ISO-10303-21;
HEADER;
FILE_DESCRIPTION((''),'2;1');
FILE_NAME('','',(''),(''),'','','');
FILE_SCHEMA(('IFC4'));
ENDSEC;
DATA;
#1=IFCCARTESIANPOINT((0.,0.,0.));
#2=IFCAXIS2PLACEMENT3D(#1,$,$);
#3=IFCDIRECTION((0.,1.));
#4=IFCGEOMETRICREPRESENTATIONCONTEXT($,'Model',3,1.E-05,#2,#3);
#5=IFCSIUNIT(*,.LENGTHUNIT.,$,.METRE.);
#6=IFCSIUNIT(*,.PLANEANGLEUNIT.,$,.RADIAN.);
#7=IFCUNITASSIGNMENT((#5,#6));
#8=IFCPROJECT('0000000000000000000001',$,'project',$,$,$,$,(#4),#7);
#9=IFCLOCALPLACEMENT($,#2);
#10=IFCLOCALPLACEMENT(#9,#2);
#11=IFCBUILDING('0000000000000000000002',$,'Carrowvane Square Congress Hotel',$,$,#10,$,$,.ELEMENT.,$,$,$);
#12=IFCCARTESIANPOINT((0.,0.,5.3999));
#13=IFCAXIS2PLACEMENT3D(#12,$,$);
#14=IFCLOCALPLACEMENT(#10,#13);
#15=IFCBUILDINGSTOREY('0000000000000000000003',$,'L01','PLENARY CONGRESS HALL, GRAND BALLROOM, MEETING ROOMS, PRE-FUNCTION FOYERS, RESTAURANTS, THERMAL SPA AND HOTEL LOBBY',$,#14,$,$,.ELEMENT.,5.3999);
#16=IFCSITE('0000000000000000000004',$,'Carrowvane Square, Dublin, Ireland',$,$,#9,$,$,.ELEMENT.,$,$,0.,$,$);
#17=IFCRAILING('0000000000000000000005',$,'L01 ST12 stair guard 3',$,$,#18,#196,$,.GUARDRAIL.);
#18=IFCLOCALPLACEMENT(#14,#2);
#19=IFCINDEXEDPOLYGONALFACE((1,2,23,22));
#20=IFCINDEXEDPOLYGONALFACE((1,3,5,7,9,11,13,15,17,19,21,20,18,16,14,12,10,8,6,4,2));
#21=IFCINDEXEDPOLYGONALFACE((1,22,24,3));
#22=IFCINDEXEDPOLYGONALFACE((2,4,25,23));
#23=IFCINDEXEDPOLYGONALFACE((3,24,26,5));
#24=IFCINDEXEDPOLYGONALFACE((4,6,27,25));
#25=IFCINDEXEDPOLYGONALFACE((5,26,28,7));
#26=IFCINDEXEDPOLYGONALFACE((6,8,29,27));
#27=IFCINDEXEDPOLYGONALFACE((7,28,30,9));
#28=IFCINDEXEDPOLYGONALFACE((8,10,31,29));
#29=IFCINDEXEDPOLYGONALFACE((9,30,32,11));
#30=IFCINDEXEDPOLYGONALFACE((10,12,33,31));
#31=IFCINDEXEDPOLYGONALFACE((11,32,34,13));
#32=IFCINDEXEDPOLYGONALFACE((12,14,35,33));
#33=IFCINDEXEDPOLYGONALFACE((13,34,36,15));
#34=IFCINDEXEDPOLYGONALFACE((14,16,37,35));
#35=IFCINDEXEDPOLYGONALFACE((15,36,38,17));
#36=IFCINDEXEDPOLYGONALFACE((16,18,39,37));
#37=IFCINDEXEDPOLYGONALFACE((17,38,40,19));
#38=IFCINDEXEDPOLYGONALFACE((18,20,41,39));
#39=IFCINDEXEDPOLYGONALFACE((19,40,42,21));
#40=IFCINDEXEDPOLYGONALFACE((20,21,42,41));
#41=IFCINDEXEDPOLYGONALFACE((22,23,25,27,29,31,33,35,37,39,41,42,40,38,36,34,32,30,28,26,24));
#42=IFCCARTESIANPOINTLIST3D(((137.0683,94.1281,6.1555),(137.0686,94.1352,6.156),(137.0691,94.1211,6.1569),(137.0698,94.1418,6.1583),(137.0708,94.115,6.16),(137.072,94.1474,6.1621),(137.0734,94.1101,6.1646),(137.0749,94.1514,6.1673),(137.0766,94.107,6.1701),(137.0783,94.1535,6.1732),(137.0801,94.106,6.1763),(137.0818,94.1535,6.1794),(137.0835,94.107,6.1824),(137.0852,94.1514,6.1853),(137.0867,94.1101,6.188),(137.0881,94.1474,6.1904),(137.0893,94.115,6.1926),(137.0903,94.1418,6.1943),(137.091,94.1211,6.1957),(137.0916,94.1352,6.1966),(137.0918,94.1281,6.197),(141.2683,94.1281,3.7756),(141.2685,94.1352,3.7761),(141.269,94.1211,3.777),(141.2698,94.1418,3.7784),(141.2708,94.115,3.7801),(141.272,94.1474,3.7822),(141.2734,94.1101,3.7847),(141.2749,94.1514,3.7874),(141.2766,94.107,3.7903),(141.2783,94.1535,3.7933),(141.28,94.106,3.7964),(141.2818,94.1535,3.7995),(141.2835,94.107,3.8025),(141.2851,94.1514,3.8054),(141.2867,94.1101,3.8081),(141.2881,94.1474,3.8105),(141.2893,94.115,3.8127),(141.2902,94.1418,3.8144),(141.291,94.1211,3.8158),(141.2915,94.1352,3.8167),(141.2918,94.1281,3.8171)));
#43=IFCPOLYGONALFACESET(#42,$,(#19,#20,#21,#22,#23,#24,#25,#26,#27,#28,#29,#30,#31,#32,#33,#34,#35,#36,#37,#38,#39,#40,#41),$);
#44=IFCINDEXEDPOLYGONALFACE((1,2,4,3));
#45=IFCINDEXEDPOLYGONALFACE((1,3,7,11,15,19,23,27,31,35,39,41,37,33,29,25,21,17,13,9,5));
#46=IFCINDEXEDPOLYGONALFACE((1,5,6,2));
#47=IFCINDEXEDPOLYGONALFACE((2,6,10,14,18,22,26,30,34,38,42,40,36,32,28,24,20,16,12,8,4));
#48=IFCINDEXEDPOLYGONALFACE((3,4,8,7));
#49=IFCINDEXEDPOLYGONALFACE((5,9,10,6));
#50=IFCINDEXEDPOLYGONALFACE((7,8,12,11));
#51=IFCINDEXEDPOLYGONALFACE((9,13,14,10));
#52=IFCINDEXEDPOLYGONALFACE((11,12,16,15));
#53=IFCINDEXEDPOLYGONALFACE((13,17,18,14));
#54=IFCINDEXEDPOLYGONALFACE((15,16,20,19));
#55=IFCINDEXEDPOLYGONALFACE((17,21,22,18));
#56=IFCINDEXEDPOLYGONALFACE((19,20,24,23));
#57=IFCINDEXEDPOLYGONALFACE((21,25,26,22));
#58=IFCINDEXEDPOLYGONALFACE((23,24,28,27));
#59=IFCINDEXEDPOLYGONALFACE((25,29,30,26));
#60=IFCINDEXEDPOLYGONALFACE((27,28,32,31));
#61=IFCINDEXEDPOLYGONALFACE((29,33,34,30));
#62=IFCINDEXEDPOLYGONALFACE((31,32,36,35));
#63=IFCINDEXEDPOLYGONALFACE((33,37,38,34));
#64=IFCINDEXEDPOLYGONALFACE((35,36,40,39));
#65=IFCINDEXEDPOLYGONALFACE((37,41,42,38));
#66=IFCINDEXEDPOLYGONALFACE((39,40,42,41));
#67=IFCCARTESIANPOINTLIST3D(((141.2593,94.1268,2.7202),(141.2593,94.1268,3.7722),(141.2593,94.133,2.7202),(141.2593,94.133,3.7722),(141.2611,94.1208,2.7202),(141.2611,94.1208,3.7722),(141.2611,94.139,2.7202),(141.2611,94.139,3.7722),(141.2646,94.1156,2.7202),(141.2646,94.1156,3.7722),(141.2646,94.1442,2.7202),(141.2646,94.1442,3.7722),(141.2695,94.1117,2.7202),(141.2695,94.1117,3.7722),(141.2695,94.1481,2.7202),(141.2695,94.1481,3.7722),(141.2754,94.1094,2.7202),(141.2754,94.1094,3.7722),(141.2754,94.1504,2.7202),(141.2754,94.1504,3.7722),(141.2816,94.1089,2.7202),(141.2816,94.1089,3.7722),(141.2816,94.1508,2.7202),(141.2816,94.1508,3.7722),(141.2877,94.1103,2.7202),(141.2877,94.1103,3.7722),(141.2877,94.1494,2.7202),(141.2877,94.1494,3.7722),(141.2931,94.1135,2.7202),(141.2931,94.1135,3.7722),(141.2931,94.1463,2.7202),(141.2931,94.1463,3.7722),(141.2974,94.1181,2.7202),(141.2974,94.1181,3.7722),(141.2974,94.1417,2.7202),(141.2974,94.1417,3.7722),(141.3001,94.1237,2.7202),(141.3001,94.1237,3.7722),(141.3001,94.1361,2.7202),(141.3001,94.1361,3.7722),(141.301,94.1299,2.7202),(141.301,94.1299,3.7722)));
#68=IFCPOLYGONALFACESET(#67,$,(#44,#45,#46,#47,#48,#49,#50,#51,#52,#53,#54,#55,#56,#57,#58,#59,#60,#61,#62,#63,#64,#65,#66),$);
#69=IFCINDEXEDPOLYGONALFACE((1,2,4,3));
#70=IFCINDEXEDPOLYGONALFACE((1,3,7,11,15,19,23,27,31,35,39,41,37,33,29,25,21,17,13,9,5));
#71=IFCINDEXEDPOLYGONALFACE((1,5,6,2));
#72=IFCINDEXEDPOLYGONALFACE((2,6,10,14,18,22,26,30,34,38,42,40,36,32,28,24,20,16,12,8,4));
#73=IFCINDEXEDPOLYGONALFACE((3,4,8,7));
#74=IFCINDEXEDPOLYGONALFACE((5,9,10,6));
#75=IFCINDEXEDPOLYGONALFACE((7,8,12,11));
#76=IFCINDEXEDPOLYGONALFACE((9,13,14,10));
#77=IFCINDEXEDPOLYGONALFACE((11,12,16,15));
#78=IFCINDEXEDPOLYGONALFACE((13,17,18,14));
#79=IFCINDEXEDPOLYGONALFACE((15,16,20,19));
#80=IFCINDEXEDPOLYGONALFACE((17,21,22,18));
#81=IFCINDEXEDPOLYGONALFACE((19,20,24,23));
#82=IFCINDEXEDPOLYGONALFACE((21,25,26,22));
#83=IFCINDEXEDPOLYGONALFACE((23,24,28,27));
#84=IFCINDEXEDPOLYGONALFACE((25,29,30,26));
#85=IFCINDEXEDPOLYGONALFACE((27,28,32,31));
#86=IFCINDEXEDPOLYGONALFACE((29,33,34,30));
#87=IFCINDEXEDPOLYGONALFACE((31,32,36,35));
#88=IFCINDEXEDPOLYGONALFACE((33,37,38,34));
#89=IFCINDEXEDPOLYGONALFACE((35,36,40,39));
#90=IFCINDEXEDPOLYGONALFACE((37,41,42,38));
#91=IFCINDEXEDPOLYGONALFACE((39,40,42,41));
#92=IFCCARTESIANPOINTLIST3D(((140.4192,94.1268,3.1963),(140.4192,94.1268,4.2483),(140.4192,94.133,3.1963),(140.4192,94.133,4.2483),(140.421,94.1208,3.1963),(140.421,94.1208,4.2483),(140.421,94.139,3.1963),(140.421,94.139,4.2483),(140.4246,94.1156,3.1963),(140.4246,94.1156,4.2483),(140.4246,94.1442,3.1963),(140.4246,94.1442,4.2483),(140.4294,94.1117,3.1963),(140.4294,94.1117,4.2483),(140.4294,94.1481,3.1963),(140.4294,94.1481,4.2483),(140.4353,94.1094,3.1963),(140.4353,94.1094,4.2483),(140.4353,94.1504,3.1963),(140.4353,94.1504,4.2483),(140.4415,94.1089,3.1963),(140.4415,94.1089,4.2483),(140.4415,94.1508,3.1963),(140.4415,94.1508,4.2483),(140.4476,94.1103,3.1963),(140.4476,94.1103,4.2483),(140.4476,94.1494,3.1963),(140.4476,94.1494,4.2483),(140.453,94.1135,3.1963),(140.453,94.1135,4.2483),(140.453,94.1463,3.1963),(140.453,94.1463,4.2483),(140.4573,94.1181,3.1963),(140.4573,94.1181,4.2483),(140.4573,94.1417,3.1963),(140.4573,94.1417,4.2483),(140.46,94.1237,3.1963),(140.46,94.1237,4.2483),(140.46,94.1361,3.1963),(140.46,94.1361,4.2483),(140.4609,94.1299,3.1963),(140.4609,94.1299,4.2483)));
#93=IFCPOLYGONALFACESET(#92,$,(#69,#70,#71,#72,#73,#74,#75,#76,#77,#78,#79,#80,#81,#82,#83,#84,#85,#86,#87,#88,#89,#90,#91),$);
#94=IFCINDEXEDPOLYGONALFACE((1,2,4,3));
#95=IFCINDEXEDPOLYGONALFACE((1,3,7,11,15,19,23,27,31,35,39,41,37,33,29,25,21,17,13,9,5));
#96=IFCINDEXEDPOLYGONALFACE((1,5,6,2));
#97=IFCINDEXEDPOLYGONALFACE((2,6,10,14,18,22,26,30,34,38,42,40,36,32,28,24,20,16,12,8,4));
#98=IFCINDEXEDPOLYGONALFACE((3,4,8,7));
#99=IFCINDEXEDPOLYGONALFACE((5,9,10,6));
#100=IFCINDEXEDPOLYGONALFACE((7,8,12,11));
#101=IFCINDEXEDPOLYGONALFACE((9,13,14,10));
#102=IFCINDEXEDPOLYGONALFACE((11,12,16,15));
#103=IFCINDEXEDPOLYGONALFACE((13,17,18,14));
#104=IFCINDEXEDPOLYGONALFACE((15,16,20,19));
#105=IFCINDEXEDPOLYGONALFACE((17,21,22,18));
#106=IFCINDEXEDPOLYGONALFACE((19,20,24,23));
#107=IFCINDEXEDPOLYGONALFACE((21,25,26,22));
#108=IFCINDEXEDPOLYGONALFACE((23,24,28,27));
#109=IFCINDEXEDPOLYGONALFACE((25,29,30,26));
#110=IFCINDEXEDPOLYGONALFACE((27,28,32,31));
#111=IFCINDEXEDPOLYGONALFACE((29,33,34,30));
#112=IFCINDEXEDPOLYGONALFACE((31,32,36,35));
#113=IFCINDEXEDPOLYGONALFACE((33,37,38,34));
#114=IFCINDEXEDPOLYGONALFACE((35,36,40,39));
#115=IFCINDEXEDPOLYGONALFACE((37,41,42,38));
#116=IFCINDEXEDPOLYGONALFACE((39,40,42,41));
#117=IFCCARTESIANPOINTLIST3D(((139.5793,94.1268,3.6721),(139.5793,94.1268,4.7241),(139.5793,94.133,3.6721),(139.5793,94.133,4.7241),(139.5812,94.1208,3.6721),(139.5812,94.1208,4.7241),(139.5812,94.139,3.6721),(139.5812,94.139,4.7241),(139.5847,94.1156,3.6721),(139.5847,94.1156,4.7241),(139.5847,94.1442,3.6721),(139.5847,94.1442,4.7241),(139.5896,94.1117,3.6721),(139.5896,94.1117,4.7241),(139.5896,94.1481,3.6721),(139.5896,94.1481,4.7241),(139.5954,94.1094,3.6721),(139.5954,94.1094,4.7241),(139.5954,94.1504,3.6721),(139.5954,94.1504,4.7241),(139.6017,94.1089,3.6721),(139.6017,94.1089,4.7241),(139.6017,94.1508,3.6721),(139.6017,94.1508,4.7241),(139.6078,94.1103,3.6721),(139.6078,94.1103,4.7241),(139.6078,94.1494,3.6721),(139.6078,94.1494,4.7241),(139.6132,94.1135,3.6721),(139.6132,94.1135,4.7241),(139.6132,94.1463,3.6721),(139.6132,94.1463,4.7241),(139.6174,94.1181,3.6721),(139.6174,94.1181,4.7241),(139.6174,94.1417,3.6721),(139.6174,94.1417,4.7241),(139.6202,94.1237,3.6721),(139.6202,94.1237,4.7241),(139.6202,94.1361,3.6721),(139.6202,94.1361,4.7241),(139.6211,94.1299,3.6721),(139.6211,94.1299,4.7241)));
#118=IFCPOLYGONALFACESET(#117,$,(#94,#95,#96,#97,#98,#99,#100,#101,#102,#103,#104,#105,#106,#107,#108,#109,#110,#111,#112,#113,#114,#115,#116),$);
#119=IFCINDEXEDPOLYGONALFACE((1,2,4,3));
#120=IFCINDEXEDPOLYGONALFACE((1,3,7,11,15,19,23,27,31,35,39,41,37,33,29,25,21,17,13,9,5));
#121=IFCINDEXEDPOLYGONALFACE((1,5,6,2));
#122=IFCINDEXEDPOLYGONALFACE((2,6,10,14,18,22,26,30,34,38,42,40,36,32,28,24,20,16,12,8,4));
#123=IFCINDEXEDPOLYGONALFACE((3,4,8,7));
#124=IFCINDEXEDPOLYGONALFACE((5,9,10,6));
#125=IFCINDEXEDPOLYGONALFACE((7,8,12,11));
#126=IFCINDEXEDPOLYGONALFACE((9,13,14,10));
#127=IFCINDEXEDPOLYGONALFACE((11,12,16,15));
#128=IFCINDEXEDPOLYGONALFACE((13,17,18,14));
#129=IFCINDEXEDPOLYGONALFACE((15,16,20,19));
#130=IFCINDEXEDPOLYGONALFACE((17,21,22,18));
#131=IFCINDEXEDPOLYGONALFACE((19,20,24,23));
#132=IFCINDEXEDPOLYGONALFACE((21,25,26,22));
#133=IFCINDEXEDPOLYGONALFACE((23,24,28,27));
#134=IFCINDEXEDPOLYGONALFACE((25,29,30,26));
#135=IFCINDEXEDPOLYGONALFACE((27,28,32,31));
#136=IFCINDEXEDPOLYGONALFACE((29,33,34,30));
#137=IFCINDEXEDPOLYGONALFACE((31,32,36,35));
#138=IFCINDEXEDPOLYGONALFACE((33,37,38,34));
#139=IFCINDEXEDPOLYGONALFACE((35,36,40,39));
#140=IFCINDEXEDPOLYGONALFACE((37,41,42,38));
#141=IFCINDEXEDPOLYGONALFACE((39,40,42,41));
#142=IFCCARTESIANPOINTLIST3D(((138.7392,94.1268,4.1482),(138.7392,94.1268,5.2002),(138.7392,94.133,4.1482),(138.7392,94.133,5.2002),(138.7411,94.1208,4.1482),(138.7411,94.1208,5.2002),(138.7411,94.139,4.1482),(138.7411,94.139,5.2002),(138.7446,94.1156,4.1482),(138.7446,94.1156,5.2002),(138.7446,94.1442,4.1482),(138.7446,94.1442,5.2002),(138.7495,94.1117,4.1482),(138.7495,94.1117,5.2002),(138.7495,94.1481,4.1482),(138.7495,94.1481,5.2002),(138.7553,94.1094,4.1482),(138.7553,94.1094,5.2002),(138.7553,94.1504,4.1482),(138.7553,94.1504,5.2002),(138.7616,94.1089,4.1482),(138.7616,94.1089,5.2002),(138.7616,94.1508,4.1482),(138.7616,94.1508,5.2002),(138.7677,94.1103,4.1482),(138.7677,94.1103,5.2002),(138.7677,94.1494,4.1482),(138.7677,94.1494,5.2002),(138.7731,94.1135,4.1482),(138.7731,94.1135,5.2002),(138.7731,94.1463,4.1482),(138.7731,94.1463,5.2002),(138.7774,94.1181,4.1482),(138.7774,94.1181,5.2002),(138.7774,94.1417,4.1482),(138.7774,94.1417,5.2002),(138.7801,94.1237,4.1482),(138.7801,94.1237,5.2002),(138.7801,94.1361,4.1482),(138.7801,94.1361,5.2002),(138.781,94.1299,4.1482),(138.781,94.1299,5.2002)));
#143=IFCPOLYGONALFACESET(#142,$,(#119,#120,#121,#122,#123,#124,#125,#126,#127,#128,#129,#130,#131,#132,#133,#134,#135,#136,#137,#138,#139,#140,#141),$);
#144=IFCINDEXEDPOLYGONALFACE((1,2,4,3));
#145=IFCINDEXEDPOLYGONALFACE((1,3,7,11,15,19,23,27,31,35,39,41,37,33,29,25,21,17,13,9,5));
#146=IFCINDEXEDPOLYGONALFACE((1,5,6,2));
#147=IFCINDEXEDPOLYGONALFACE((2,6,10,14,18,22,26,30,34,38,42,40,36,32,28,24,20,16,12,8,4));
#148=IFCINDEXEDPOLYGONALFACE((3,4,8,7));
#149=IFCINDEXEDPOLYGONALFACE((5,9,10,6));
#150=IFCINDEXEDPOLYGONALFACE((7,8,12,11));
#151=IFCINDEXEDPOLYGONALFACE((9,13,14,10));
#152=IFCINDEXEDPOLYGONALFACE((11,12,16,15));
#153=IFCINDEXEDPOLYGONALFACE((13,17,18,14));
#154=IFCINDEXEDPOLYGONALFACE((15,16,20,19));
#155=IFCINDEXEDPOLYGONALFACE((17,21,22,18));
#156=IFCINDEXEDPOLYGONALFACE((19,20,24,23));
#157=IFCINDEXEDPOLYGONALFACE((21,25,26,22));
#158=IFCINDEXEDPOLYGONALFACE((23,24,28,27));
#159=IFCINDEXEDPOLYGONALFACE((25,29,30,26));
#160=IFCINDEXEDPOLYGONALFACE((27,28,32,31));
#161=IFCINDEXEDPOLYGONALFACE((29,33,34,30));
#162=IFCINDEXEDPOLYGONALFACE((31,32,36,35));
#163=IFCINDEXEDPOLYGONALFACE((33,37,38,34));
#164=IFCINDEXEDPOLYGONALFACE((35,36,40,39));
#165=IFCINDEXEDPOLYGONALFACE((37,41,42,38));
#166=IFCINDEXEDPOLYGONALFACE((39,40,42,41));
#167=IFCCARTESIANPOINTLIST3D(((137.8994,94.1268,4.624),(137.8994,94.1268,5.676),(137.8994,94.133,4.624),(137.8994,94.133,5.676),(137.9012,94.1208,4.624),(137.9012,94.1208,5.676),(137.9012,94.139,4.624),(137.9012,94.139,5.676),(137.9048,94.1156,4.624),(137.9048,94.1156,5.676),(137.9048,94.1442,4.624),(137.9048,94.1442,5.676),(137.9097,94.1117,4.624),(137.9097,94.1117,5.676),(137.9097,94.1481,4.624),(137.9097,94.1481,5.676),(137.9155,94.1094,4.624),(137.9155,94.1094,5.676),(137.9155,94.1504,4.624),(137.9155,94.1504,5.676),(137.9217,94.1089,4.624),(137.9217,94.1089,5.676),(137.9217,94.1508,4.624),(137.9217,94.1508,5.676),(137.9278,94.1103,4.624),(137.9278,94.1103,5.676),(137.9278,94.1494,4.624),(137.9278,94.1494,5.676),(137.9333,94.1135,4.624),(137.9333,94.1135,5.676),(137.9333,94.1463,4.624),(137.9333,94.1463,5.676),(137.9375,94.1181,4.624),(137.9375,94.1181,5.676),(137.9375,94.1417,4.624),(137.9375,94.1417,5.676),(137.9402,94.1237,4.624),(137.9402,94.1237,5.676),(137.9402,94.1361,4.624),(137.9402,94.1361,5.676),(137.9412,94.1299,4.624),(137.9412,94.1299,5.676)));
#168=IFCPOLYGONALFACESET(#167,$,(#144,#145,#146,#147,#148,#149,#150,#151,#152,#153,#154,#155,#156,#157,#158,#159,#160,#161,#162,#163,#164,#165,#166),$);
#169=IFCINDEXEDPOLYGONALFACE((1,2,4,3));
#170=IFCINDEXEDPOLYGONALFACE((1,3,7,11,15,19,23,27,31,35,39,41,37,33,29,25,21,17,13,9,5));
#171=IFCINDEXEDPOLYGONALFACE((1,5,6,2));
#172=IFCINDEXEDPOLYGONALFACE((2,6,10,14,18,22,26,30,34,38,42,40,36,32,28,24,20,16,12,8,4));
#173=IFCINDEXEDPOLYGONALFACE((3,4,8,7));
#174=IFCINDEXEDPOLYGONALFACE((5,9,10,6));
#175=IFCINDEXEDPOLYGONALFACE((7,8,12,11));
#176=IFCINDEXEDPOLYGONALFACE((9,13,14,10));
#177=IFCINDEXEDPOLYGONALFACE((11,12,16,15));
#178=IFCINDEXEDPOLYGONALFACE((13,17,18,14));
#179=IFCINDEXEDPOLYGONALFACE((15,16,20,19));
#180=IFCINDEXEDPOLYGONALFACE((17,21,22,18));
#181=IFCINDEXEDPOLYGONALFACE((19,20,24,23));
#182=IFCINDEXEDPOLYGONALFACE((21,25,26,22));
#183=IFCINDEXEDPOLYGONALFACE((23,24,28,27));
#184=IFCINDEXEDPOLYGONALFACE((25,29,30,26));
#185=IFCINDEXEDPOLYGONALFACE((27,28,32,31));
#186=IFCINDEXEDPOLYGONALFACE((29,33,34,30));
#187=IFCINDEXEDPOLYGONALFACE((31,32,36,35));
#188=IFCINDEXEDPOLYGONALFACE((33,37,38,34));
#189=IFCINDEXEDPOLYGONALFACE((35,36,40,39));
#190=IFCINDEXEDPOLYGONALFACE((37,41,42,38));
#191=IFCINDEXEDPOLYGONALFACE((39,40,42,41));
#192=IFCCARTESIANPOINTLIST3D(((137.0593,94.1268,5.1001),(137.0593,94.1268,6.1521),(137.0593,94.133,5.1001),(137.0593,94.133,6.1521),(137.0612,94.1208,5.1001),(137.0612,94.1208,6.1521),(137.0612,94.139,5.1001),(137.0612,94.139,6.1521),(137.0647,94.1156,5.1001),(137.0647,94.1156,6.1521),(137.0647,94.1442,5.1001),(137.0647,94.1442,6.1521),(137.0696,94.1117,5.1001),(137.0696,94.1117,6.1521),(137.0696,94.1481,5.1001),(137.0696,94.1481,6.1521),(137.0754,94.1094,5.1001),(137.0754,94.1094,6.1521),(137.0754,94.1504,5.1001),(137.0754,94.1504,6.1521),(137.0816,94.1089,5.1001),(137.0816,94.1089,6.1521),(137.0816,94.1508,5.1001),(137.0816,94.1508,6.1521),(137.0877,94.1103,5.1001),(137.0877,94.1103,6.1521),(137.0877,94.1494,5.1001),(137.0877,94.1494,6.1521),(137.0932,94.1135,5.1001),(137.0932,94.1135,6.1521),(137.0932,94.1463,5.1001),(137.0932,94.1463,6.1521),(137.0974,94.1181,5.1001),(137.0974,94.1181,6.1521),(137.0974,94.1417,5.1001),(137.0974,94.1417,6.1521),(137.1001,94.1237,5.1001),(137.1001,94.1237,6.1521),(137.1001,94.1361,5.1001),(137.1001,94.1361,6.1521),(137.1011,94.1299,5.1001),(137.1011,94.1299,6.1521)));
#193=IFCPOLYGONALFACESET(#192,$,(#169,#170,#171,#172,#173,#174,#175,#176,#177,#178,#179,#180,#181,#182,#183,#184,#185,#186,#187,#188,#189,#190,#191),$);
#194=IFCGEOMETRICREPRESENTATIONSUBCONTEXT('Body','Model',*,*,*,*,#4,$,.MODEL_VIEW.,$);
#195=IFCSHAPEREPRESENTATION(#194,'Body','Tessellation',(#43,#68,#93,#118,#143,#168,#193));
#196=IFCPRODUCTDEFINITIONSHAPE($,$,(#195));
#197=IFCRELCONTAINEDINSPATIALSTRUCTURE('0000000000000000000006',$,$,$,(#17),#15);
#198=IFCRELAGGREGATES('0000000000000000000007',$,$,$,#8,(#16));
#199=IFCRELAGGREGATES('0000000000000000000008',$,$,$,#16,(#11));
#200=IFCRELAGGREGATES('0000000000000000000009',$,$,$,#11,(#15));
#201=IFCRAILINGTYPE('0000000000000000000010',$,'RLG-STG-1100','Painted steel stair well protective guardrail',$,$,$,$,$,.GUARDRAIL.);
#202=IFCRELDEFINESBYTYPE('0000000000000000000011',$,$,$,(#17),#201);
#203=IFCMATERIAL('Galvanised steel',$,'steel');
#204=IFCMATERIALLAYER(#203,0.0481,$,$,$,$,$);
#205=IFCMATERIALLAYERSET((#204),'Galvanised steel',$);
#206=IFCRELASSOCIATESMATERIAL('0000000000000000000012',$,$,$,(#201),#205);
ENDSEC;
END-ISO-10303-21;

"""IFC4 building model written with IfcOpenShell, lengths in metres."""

from ifc_helpers import new_model, si_unit, direction, frame, origin, origin_2d, place, context, subcontext, project, spatial, circle, extrude, material, layer, layer_set, type_object, element, save


model = new_model("IFC4")

# Units and contexts
model_context = context("Model", 3, precision=1e-05, world=origin(), true_north=direction((0.0, 1.0)))
body_context = subcontext(model_context, "Body", "Model", "MODEL_VIEW")
ifc_project = project(units=[si_unit("LENGTHUNIT", "METRE"), si_unit("PLANEANGLEUNIT", "RADIAN")], contexts=[model_context])

# Site, building, storey
site_placement = place(None, origin())
site = spatial("IfcSite", under=ifc_project, at=site_placement, Name="Carrowvane Square, Dublin, Ireland", CompositionType="ELEMENT", RefElevation=0.0)
building_placement = place(site_placement, origin())
building = spatial("IfcBuilding", under=site, at=building_placement, Name="Carrowvane Square Congress Hotel", CompositionType="ELEMENT")
storey_placement = place(building_placement, frame((0.0, 0.0, 5.3999)))
storey = spatial("IfcBuildingStorey", under=building, at=storey_placement, Name="L01", Description="PLENARY CONGRESS HALL, GRAND BALLROOM, MEETING ROOMS, PRE-FUNCTION FOYERS, RESTAURANTS, THERMAL SPA AND HOTEL LOBBY", CompositionType="ELEMENT", Elevation=5.3999)

# Railing
ifc_material_1 = material(Name="Galvanised steel", Category="steel")
ifc_layer_1 = layer(ifc_material_1, 0.0481)
ifc_layer_set_1 = layer_set([ifc_layer_1], Name="Galvanised steel")
railing_type_1 = type_object("IfcRailingType", Name="RLG-STG-1100", Description="Painted steel stair well protective guardrail", PredefinedType="GUARDRAIL", material=ifc_layer_set_1)
railing_1_placement = place(storey_placement, frame((141.28, 94.1299, 2.7202)))
element("IfcRailing", 1, at=railing_1_placement, inside=storey, type_object=railing_type_1, Name="L01 ST12 stair guard 3", PredefinedType="GUARDRAIL", context=body_context, shape_type="SweptSolid", body=[
    extrude(circle(Radius=0.0239, at=origin_2d()), frame((0.0, 0.0, 1.0762), z_axis=(-0.87003, 0.0, 0.492999), x_axis=(0.0, -1.0, 0.0)), (0.0, 0.0, 1.0), 4.8274),
    extrude(circle(Radius=0.021, at=origin_2d()), origin(), (0.0, 0.0, 1.0), 1.052),
    extrude(circle(Radius=0.021, at=origin_2d()), frame((-0.8401, 0.0, 0.4761)), (0.0, 0.0, 1.0), 1.052),
    extrude(circle(Radius=0.021, at=origin_2d()), frame((-1.6799, 0.0, 0.9519)), (0.0, 0.0, 1.0), 1.052),
    extrude(circle(Radius=0.021, at=origin_2d()), frame((-2.52, 0.0, 1.428)), (0.0, 0.0, 1.0), 1.052),
    extrude(circle(Radius=0.021, at=origin_2d()), frame((-3.3599, 0.0, 1.9038)), (0.0, 0.0, 1.0), 1.052),
    extrude(circle(Radius=0.021, at=origin_2d()), frame((-4.2, 0.0, 2.3799)), (0.0, 0.0, 1.0), 1.052),
])

save(model, "model.ifc")
